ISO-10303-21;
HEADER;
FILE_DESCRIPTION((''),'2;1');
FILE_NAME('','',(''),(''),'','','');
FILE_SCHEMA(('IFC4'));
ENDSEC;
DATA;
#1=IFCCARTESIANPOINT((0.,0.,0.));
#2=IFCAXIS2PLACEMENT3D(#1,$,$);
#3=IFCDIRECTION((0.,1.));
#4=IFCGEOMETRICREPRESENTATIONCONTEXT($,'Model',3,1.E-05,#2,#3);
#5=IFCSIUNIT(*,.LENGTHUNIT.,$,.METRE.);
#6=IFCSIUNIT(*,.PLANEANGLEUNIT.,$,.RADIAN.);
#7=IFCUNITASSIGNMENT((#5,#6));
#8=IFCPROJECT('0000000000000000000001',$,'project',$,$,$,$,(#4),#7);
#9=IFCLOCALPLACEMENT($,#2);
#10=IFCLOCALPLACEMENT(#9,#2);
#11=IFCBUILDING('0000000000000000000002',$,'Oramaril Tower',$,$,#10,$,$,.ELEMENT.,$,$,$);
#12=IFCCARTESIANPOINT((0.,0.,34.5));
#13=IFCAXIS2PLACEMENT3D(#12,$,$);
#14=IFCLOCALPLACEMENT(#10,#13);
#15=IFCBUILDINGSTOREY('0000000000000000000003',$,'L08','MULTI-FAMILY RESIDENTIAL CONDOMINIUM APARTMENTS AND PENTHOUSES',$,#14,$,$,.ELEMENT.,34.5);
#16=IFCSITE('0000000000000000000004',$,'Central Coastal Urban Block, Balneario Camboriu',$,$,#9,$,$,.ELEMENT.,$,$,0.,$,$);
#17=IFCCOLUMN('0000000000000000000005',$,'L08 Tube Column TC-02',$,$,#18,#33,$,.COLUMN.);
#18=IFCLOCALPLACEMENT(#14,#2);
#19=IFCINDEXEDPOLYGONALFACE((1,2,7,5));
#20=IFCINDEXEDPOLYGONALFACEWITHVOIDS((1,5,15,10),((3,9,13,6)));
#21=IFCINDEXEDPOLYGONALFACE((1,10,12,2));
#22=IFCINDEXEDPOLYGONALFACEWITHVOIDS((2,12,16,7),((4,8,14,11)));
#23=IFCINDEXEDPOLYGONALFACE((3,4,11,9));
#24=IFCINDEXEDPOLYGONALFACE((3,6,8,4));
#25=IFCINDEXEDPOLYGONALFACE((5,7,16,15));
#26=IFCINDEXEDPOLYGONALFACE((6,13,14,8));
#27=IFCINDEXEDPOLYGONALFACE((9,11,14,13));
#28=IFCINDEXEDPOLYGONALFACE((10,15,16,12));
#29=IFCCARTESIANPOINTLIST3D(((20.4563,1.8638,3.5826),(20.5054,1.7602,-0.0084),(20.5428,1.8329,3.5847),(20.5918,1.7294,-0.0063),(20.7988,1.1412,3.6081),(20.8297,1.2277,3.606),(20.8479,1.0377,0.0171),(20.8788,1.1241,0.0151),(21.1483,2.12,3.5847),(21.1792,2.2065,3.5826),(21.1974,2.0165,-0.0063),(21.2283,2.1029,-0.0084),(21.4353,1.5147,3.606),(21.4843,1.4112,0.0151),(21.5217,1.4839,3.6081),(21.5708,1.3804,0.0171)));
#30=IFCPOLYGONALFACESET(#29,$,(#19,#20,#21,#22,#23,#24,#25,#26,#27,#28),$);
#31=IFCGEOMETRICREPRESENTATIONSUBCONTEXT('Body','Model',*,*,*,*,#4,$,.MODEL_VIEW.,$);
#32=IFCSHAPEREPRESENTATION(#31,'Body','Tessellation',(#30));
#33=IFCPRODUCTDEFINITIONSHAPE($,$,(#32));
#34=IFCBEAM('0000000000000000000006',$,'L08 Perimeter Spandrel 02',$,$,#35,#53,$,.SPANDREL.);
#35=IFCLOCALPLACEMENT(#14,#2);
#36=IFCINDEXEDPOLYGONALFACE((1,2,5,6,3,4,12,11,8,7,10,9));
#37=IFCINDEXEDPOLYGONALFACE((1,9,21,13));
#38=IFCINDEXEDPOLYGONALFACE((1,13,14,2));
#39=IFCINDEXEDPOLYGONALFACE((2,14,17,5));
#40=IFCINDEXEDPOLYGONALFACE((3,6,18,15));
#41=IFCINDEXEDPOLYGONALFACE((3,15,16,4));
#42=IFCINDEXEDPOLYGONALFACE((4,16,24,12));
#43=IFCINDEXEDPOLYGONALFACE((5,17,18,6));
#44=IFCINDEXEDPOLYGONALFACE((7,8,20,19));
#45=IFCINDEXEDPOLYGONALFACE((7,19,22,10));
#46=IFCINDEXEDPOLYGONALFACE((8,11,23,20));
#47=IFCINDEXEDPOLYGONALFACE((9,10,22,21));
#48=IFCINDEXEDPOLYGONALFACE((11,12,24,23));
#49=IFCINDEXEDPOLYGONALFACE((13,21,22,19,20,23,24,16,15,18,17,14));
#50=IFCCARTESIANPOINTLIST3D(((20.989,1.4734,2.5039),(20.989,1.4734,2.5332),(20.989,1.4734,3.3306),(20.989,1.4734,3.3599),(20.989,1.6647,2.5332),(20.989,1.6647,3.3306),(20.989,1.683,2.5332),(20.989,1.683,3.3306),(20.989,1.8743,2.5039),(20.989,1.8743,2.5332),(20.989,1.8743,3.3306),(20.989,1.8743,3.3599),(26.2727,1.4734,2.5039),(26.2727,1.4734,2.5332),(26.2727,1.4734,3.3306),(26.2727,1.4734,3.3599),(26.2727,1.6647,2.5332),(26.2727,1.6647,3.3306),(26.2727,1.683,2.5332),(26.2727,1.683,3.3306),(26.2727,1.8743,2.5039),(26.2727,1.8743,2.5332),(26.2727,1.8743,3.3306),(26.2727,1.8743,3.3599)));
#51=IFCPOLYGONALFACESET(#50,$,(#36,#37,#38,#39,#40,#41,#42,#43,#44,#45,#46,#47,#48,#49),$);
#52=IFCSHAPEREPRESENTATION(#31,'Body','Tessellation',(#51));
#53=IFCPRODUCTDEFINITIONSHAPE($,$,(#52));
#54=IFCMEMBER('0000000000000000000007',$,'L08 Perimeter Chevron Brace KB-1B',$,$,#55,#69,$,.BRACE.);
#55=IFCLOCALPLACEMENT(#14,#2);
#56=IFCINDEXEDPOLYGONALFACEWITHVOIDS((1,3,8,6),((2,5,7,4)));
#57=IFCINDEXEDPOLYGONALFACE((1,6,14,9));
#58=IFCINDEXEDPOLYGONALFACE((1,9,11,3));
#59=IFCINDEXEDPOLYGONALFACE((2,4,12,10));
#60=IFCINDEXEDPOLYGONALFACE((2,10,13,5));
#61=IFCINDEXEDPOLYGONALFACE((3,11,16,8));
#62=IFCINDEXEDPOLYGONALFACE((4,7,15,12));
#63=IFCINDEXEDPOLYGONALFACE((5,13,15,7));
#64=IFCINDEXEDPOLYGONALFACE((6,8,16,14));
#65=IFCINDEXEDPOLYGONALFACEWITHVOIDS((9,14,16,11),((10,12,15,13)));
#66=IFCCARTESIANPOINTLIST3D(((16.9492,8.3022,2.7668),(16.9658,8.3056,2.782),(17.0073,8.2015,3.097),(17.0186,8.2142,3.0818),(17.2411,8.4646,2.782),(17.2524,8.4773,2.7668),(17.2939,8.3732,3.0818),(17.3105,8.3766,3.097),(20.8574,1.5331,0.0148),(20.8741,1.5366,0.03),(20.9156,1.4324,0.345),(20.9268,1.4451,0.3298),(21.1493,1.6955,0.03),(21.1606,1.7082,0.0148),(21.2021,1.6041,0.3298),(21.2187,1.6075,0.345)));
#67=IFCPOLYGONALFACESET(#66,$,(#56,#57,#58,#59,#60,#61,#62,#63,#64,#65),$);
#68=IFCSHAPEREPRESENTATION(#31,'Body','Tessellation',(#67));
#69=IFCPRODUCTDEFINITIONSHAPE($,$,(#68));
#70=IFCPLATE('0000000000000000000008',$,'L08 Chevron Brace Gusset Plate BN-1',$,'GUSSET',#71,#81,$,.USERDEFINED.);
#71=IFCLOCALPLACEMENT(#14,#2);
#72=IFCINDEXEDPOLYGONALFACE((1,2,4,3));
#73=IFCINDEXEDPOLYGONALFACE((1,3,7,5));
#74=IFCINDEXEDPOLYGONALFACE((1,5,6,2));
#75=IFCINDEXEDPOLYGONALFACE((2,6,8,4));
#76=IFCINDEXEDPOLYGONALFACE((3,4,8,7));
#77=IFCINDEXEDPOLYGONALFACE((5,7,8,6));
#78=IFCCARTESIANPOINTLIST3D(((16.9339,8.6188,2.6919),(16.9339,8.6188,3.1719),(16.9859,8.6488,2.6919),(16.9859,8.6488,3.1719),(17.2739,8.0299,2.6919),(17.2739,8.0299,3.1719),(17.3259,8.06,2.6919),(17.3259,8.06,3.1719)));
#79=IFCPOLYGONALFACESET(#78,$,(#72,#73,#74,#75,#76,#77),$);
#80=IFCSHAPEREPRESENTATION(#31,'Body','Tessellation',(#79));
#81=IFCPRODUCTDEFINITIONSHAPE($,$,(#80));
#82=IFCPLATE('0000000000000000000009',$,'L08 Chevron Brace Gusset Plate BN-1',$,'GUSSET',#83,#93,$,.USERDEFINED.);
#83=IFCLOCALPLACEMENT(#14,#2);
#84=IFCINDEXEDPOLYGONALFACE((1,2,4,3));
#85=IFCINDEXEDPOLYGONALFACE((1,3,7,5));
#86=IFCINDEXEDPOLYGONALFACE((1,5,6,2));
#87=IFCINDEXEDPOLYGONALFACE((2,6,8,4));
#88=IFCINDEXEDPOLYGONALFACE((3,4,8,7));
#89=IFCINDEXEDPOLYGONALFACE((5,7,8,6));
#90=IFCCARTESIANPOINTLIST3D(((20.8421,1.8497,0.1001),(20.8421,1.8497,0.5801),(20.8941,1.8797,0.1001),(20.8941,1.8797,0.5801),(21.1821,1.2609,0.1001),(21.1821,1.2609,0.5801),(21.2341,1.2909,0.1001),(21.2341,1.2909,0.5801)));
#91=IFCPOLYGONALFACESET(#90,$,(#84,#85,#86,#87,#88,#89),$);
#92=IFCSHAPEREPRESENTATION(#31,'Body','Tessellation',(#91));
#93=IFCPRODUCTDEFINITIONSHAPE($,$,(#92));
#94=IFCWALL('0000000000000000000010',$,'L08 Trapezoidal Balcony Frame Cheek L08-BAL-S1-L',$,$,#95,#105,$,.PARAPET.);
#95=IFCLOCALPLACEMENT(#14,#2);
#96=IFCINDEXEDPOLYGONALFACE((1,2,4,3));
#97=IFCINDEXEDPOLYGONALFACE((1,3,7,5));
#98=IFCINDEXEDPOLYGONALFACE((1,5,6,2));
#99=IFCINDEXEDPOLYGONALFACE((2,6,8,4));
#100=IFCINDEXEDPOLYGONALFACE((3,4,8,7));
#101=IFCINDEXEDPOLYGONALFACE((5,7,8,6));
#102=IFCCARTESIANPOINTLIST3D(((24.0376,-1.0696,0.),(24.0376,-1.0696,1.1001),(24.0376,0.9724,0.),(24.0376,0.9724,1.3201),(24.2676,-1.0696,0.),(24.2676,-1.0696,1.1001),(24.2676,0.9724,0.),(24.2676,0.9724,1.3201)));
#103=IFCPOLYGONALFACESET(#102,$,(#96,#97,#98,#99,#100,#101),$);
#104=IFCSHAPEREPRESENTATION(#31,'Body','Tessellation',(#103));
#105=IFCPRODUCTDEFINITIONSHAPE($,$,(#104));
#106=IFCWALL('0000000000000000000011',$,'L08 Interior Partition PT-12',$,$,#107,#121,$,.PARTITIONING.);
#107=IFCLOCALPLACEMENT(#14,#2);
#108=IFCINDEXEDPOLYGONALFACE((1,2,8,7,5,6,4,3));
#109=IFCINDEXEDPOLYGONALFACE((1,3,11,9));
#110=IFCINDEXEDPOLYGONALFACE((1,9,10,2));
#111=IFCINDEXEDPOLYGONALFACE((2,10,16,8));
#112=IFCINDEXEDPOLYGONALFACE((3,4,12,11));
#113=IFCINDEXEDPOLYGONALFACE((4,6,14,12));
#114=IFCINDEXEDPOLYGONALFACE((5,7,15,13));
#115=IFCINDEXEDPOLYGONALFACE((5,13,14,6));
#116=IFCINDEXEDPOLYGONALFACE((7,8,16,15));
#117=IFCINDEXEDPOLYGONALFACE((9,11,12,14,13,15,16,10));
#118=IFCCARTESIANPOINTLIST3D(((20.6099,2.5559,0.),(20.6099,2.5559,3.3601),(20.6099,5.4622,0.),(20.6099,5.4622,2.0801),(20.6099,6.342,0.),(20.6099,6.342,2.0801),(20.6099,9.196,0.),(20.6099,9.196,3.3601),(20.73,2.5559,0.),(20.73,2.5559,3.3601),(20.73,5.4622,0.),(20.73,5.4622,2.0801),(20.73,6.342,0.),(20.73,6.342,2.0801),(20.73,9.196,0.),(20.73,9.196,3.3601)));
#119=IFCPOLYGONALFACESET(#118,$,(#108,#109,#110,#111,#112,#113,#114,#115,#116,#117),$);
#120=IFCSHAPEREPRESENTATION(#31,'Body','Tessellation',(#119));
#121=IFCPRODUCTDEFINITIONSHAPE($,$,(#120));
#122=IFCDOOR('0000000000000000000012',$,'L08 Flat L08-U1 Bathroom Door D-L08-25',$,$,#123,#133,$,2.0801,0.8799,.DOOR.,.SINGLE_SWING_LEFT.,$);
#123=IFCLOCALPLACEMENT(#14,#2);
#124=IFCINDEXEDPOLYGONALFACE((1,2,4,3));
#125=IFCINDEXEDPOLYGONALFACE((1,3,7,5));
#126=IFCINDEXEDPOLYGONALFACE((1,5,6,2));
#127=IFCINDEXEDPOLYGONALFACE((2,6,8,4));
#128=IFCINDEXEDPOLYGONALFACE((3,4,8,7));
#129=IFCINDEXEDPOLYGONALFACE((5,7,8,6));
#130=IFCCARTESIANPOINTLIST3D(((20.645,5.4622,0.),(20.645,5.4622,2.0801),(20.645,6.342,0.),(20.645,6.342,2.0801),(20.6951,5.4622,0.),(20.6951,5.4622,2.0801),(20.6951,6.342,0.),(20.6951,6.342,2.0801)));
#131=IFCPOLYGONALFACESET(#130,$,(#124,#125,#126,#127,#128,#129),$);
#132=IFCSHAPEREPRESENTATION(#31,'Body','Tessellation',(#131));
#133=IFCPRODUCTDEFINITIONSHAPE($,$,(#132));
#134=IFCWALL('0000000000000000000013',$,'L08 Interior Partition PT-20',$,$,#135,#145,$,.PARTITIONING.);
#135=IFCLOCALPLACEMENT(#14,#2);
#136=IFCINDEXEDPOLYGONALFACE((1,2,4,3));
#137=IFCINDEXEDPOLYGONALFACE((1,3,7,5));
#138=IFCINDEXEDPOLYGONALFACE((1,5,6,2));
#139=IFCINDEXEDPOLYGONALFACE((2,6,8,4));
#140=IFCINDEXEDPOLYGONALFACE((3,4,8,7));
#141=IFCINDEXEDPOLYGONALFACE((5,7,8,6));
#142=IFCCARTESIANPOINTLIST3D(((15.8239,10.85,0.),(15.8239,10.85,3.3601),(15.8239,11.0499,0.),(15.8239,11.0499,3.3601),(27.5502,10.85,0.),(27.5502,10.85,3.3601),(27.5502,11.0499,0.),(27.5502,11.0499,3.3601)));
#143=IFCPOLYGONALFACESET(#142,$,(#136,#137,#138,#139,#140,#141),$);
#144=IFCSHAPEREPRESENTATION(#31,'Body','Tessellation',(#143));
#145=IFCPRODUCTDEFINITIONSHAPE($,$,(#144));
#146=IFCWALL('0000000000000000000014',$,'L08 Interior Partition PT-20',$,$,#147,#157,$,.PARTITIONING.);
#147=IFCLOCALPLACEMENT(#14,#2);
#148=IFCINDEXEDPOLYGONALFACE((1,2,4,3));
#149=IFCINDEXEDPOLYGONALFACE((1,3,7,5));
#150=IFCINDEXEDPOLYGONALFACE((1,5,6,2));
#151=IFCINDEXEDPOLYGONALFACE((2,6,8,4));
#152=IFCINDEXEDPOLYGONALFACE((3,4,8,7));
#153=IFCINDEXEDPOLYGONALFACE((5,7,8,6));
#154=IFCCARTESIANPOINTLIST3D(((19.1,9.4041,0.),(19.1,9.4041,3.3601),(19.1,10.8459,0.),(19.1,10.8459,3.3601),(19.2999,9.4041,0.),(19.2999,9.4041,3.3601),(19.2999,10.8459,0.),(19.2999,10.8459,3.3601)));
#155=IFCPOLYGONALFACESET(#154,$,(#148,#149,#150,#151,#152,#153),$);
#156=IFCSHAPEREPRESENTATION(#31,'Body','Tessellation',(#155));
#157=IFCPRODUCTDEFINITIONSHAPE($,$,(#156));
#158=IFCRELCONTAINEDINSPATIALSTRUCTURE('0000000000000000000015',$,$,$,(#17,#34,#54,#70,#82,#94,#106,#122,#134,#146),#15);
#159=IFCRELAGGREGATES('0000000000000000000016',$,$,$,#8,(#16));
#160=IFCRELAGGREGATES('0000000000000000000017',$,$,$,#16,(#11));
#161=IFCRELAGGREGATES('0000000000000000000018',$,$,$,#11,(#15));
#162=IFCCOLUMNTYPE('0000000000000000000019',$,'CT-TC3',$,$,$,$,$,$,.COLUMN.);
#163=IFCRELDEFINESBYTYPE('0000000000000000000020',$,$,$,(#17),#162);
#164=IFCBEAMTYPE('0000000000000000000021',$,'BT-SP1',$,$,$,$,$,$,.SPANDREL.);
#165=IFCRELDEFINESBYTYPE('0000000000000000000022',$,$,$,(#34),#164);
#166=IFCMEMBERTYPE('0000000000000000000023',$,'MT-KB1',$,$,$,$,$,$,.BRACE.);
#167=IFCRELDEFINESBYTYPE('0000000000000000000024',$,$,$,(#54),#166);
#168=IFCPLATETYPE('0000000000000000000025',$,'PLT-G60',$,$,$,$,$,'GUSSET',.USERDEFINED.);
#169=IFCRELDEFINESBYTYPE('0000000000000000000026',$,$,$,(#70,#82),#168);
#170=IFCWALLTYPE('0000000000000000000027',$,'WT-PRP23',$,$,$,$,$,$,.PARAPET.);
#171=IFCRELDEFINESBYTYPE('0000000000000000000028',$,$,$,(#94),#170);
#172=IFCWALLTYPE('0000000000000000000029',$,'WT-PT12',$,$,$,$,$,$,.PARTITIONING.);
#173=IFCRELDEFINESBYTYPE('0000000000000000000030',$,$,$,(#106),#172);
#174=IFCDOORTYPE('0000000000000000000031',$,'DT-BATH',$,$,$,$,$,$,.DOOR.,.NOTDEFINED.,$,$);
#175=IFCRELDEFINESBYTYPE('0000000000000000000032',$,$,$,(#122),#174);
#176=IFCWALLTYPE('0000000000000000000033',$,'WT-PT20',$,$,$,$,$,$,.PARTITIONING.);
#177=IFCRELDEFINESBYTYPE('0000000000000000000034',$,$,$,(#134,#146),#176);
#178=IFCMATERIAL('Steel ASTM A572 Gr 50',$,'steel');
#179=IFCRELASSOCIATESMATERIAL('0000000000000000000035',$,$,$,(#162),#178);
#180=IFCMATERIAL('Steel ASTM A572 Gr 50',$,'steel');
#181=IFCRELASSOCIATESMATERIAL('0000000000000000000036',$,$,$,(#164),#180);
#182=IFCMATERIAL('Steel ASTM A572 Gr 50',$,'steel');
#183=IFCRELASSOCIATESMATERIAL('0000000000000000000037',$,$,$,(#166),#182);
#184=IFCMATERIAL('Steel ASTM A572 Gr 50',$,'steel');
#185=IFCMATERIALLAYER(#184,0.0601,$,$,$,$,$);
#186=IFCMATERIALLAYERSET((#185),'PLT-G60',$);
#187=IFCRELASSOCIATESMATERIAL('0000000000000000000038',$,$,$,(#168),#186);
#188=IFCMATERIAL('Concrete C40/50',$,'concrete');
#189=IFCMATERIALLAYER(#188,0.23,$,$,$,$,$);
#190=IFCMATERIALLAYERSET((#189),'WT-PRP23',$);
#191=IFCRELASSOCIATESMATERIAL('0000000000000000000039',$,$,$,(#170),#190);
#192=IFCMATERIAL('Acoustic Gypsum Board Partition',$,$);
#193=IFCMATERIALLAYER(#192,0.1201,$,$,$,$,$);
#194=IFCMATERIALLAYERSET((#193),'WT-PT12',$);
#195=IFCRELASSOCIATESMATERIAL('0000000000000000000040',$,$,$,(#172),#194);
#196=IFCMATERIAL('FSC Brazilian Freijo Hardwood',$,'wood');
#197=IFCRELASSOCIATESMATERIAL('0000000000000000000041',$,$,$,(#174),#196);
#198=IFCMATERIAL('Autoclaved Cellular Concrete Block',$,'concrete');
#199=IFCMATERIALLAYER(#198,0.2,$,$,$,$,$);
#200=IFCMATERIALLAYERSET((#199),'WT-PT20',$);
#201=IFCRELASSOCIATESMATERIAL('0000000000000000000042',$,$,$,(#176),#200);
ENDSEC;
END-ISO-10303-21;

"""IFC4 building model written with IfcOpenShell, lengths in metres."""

from ifc_helpers import new_model, si_unit, direction, frame, frame_2d, origin, origin_2d, place, context, subcontext, project, spatial, polyline, rectangle, hollow_rectangle, i_section, outline, extrude, material, layer, layer_set, material_profile, profile_set, type_object, element, fill, save


model = new_model("IFC4")

# Units and contexts
model_context = context("Model", 3, precision=1e-05, world=origin(), true_north=direction((0.0, 1.0)))
body_context = subcontext(model_context, "Body", "Model", "MODEL_VIEW")
ifc_project = project(units=[si_unit("LENGTHUNIT", "METRE"), si_unit("PLANEANGLEUNIT", "RADIAN")], contexts=[model_context])

# Site, building, storey
site_placement = place(None, origin())
site = spatial("IfcSite", under=ifc_project, at=site_placement, Name="Central Coastal Urban Block, Balneario Camboriu", CompositionType="ELEMENT", RefElevation=0.0)
building_placement = place(site_placement, origin())
building = spatial("IfcBuilding", under=site, at=building_placement, Name="Oramaril Tower", CompositionType="ELEMENT")
storey_placement = place(building_placement, frame((0.0, 0.0, 34.5)))
storey = spatial("IfcBuildingStorey", under=building, at=storey_placement, Name="L08", Description="MULTI-FAMILY RESIDENTIAL CONDOMINIUM APARTMENTS AND PENTHOUSES", CompositionType="ELEMENT", Elevation=34.5)

# Column
ifc_material_1 = material(Name="Steel ASTM A572 Gr 50", Category="steel")
ifc_material_profile_1 = material_profile(ifc_material_1, hollow_rectangle(XDim=0.8, YDim=0.8, WallThickness=0.0649, at=origin_2d()), Name="BOX800X800X65")
ifc_profile_set_1 = profile_set([ifc_material_profile_1], Name="Steel ASTM A572 Gr 50")
column_type = type_object("IfcColumnType", Name="CT-TC3", PredefinedType="COLUMN", material=ifc_profile_set_1)
column_placement = place(storey_placement, frame((21.0381, 1.5703, 0.0044), z_axis=(-0.013658, 0.028811, 0.999492), x_axis=(-0.903608, -0.428361, 0.0)))
element("IfcColumn", 1, at=column_placement, inside=storey, type_object=column_type, Name="L08 Tube Column TC-02", PredefinedType="COLUMN", context=body_context, shape_type="SweptSolid", body=[
    extrude(hollow_rectangle(XDim=0.8, YDim=0.8, WallThickness=0.0649, at=origin_2d()), origin(), (0.0, 0.0, 1.0), 3.5928),
])

# Beam
ifc_material_2 = material(Name="Steel ASTM A572 Gr 50", Category="steel")
ifc_material_profile_2 = material_profile(ifc_material_2, i_section(OverallWidth=0.4009, OverallDepth=0.856, WebThickness=0.0183, FlangeThickness=0.0293, at=origin_2d()), Name="W33X201")
ifc_profile_set_2 = profile_set([ifc_material_profile_2], Name="Steel ASTM A572 Gr 50")
beam_type = type_object("IfcBeamType", Name="BT-SP1", PredefinedType="SPANDREL", material=ifc_profile_set_2)
beam_placement = place(storey_placement, frame((20.989, 1.6738, 2.9319), z_axis=(1.0, 0.0, 0.0), x_axis=(0.0, 1.0, 0.0)))
element("IfcBeam", 2, at=beam_placement, inside=storey, type_object=beam_type, Name="L08 Perimeter Spandrel 02", PredefinedType="SPANDREL", context=body_context, shape_type="SweptSolid", body=[
    extrude(i_section(OverallWidth=0.4009, OverallDepth=0.856, WebThickness=0.0183, FlangeThickness=0.0293, at=origin_2d()), origin(), (0.0, 0.0, 1.0), 5.2837),
])

# Member
ifc_material_3 = material(Name="Steel ASTM A572 Gr 50", Category="steel")
ifc_material_profile_3 = material_profile(ifc_material_3, hollow_rectangle(XDim=0.3501, YDim=0.3501, WallThickness=0.0161, at=origin_2d()), Name="HSS350X350X16")
ifc_profile_set_3 = profile_set([ifc_material_profile_3], Name="Steel ASTM A572 Gr 50")
member_type = type_object("IfcMemberType", Name="MT-KB1", PredefinedType="BRACE", material=ifc_profile_set_3)
member_placement = place(storey_placement, frame((21.0381, 1.5703, 0.1799), z_axis=(-0.471631, 0.816869, 0.332098), x_axis=(-0.86602, -0.500009, 0.0)))
element("IfcMember", 3, at=member_placement, inside=storey, type_object=member_type, Name="L08 Perimeter Chevron Brace KB-1B", PredefinedType="BRACE", context=body_context, shape_type="SweptSolid", body=[
    extrude(hollow_rectangle(XDim=0.3501, YDim=0.3501, WallThickness=0.0161, at=origin_2d()), origin(), (0.0, 0.0, 1.0), 8.2866),
])

# Plates
ifc_material_4 = material(Name="Steel ASTM A572 Gr 50", Category="steel")
ifc_layer_1 = layer(ifc_material_4, 0.0601)
ifc_layer_set_1 = layer_set([ifc_layer_1], Name="PLT-G60")
plate_type = type_object("IfcPlateType", Name="PLT-G60", ElementType="GUSSET", PredefinedType="USERDEFINED", material=ifc_layer_set_1)
for number, where, z_axis, x_axis, name in (
    (4, (17.1299, 8.3394, 2.6919), (0.0, 0.0, 1.0), (0.499998, -0.866026, 0.0), "L08 Chevron Brace Gusset Plate BN-1"),
    (5, (21.0381, 1.5703, 0.1001), (0.0, 0.0, 1.0), (0.499998, -0.866026, 0.0), "L08 Chevron Brace Gusset Plate BN-1"),
):
    element("IfcPlate", number, at=place(storey_placement, frame(where, z_axis=z_axis, x_axis=x_axis)), inside=storey, type_object=plate_type, Name=name, ObjectType="GUSSET", PredefinedType="USERDEFINED", context=body_context, shape_type="SweptSolid", body=[
        extrude(rectangle(XDim=0.6799, YDim=0.0601, at=origin_2d()), origin(), (0.0, 0.0, 1.0), 0.48),
    ])

# Wall
ifc_material_5 = material(Name="Concrete C40/50", Category="concrete")
ifc_layer_2 = layer(ifc_material_5, 0.23)
ifc_layer_set_2 = layer_set([ifc_layer_2], Name="WT-PRP23")
wall_type_1 = type_object("IfcWallType", Name="WT-PRP23", PredefinedType="PARAPET", material=ifc_layer_set_2)
wall_1_placement = place(storey_placement, frame((24.1526, 0.9724, 0.0), z_axis=(0.0, 0.0, 1.0), x_axis=(0.0, -1.0, 0.0)))
element("IfcWall", 6, at=wall_1_placement, inside=storey, type_object=wall_type_1, Name="L08 Trapezoidal Balcony Frame Cheek L08-BAL-S1-L", PredefinedType="PARAPET", context=body_context, shape_type="SweptSolid", body=[
    extrude(outline(polyline([(0.0, 0.0), (2.042, 0.0), (2.042, 1.1001), (0.0, 1.3201), (0.0, 0.0)])), frame((0.0, 0.115, 0.0), z_axis=(0.0, -1.0, 0.0), x_axis=(1.0, 0.0, 0.0)), (0.0, 0.0, 1.0), 0.23),
])

# Wall, opening, door
ifc_material_6 = material(Name="Acoustic Gypsum Board Partition")
ifc_layer_3 = layer(ifc_material_6, 0.1201)
ifc_layer_set_3 = layer_set([ifc_layer_3], Name="WT-PT12")
wall_type_2 = type_object("IfcWallType", Name="WT-PT12", PredefinedType="PARTITIONING", material=ifc_layer_set_3)
wall_2_placement = place(storey_placement, frame((20.6699, 2.5559, 0.0), z_axis=(0.0, 0.0, 1.0), x_axis=(0.0, 1.0, 0.0)))
wall_2 = element("IfcWall", 7, at=wall_2_placement, inside=storey, type_object=wall_type_2, Name="L08 Interior Partition PT-12", PredefinedType="PARTITIONING", context=body_context, shape_type="SweptSolid", body=[
    extrude(rectangle(XDim=6.6401, YDim=0.1201, at=frame_2d((3.3201, 0.0))), origin(), (0.0, 0.0, 1.0), 3.3601),
])
opening_1_placement = place(wall_2_placement, frame((2.9062, 0.0, 0.0)))
opening_1 = element("IfcOpeningElement", 8, at=opening_1_placement, cuts=wall_2, PredefinedType="OPENING", context=body_context, shape_type="SweptSolid", body=[
    extrude(rectangle(XDim=0.8799, YDim=2.0801, at=frame_2d((0.4399, 1.04))), frame((0.0, 0.0601, 0.0), z_axis=(0.0, -1.0, 0.0), x_axis=(1.0, 0.0, 0.0)), (0.0, 0.0, 1.0), 0.1201),
])
ifc_material_7 = material(Name="FSC Brazilian Freijo Hardwood", Category="wood")
door_type_1 = type_object("IfcDoorType", Name="DT-BATH", OperationType="NOTDEFINED", PredefinedType="DOOR", material=ifc_material_7)
door_1_placement = place(opening_1_placement, origin())
door_1 = element("IfcDoor", 9, at=door_1_placement, inside=storey, type_object=door_type_1, Name="L08 Flat L08-U1 Bathroom Door D-L08-25", OperationType="SINGLE_SWING_LEFT", OverallHeight=2.0801, OverallWidth=0.8799, PredefinedType="DOOR", context=body_context, shape_type="SweptSolid", body=[
    extrude(rectangle(XDim=0.8799, YDim=2.0801, at=frame_2d((0.4399, 1.04))), frame((0.0, 0.0249, 0.0), z_axis=(0.0, -1.0, 0.0), x_axis=(1.0, 0.0, 0.0)), (0.0, 0.0, 1.0), 0.05),
])
fill(opening_1, door_1)

# Shared definitions
ifc_material_8 = material(Name="Autoclaved Cellular Concrete Block", Category="concrete")
ifc_layer_4 = layer(ifc_material_8, 0.2)
ifc_layer_set_4 = layer_set([ifc_layer_4], Name="WT-PT20")
wall_type_3 = type_object("IfcWallType", Name="WT-PT20", PredefinedType="PARTITIONING", material=ifc_layer_set_4)

# Walls
wall_3_placement = place(storey_placement, frame((15.8237, 10.95, 0.0), z_axis=(0.0, 0.0, 1.0), x_axis=(1.0, 0.0, 0.0)))
element("IfcWall", 10, at=wall_3_placement, inside=storey, type_object=wall_type_3, Name="L08 Interior Partition PT-20", PredefinedType="PARTITIONING", context=body_context, shape_type="SweptSolid", body=[
    extrude(rectangle(XDim=11.7263, YDim=0.2, at=frame_2d((5.8633, 0.0))), origin(), (0.0, 0.0, 1.0), 3.3601),
])
wall_4_placement = place(storey_placement, frame((19.2, 9.4041, 0.0), z_axis=(0.0, 0.0, 1.0), x_axis=(0.0, 1.0, 0.0)))
element("IfcWall", 11, at=wall_4_placement, inside=storey, type_object=wall_type_3, Name="L08 Interior Partition PT-20", PredefinedType="PARTITIONING", context=body_context, shape_type="SweptSolid", body=[
    extrude(rectangle(XDim=1.4419, YDim=0.2, at=frame_2d((0.7209, 0.0))), origin(), (0.0, 0.0, 1.0), 3.3601),
])

save(model, "model.ifc")
